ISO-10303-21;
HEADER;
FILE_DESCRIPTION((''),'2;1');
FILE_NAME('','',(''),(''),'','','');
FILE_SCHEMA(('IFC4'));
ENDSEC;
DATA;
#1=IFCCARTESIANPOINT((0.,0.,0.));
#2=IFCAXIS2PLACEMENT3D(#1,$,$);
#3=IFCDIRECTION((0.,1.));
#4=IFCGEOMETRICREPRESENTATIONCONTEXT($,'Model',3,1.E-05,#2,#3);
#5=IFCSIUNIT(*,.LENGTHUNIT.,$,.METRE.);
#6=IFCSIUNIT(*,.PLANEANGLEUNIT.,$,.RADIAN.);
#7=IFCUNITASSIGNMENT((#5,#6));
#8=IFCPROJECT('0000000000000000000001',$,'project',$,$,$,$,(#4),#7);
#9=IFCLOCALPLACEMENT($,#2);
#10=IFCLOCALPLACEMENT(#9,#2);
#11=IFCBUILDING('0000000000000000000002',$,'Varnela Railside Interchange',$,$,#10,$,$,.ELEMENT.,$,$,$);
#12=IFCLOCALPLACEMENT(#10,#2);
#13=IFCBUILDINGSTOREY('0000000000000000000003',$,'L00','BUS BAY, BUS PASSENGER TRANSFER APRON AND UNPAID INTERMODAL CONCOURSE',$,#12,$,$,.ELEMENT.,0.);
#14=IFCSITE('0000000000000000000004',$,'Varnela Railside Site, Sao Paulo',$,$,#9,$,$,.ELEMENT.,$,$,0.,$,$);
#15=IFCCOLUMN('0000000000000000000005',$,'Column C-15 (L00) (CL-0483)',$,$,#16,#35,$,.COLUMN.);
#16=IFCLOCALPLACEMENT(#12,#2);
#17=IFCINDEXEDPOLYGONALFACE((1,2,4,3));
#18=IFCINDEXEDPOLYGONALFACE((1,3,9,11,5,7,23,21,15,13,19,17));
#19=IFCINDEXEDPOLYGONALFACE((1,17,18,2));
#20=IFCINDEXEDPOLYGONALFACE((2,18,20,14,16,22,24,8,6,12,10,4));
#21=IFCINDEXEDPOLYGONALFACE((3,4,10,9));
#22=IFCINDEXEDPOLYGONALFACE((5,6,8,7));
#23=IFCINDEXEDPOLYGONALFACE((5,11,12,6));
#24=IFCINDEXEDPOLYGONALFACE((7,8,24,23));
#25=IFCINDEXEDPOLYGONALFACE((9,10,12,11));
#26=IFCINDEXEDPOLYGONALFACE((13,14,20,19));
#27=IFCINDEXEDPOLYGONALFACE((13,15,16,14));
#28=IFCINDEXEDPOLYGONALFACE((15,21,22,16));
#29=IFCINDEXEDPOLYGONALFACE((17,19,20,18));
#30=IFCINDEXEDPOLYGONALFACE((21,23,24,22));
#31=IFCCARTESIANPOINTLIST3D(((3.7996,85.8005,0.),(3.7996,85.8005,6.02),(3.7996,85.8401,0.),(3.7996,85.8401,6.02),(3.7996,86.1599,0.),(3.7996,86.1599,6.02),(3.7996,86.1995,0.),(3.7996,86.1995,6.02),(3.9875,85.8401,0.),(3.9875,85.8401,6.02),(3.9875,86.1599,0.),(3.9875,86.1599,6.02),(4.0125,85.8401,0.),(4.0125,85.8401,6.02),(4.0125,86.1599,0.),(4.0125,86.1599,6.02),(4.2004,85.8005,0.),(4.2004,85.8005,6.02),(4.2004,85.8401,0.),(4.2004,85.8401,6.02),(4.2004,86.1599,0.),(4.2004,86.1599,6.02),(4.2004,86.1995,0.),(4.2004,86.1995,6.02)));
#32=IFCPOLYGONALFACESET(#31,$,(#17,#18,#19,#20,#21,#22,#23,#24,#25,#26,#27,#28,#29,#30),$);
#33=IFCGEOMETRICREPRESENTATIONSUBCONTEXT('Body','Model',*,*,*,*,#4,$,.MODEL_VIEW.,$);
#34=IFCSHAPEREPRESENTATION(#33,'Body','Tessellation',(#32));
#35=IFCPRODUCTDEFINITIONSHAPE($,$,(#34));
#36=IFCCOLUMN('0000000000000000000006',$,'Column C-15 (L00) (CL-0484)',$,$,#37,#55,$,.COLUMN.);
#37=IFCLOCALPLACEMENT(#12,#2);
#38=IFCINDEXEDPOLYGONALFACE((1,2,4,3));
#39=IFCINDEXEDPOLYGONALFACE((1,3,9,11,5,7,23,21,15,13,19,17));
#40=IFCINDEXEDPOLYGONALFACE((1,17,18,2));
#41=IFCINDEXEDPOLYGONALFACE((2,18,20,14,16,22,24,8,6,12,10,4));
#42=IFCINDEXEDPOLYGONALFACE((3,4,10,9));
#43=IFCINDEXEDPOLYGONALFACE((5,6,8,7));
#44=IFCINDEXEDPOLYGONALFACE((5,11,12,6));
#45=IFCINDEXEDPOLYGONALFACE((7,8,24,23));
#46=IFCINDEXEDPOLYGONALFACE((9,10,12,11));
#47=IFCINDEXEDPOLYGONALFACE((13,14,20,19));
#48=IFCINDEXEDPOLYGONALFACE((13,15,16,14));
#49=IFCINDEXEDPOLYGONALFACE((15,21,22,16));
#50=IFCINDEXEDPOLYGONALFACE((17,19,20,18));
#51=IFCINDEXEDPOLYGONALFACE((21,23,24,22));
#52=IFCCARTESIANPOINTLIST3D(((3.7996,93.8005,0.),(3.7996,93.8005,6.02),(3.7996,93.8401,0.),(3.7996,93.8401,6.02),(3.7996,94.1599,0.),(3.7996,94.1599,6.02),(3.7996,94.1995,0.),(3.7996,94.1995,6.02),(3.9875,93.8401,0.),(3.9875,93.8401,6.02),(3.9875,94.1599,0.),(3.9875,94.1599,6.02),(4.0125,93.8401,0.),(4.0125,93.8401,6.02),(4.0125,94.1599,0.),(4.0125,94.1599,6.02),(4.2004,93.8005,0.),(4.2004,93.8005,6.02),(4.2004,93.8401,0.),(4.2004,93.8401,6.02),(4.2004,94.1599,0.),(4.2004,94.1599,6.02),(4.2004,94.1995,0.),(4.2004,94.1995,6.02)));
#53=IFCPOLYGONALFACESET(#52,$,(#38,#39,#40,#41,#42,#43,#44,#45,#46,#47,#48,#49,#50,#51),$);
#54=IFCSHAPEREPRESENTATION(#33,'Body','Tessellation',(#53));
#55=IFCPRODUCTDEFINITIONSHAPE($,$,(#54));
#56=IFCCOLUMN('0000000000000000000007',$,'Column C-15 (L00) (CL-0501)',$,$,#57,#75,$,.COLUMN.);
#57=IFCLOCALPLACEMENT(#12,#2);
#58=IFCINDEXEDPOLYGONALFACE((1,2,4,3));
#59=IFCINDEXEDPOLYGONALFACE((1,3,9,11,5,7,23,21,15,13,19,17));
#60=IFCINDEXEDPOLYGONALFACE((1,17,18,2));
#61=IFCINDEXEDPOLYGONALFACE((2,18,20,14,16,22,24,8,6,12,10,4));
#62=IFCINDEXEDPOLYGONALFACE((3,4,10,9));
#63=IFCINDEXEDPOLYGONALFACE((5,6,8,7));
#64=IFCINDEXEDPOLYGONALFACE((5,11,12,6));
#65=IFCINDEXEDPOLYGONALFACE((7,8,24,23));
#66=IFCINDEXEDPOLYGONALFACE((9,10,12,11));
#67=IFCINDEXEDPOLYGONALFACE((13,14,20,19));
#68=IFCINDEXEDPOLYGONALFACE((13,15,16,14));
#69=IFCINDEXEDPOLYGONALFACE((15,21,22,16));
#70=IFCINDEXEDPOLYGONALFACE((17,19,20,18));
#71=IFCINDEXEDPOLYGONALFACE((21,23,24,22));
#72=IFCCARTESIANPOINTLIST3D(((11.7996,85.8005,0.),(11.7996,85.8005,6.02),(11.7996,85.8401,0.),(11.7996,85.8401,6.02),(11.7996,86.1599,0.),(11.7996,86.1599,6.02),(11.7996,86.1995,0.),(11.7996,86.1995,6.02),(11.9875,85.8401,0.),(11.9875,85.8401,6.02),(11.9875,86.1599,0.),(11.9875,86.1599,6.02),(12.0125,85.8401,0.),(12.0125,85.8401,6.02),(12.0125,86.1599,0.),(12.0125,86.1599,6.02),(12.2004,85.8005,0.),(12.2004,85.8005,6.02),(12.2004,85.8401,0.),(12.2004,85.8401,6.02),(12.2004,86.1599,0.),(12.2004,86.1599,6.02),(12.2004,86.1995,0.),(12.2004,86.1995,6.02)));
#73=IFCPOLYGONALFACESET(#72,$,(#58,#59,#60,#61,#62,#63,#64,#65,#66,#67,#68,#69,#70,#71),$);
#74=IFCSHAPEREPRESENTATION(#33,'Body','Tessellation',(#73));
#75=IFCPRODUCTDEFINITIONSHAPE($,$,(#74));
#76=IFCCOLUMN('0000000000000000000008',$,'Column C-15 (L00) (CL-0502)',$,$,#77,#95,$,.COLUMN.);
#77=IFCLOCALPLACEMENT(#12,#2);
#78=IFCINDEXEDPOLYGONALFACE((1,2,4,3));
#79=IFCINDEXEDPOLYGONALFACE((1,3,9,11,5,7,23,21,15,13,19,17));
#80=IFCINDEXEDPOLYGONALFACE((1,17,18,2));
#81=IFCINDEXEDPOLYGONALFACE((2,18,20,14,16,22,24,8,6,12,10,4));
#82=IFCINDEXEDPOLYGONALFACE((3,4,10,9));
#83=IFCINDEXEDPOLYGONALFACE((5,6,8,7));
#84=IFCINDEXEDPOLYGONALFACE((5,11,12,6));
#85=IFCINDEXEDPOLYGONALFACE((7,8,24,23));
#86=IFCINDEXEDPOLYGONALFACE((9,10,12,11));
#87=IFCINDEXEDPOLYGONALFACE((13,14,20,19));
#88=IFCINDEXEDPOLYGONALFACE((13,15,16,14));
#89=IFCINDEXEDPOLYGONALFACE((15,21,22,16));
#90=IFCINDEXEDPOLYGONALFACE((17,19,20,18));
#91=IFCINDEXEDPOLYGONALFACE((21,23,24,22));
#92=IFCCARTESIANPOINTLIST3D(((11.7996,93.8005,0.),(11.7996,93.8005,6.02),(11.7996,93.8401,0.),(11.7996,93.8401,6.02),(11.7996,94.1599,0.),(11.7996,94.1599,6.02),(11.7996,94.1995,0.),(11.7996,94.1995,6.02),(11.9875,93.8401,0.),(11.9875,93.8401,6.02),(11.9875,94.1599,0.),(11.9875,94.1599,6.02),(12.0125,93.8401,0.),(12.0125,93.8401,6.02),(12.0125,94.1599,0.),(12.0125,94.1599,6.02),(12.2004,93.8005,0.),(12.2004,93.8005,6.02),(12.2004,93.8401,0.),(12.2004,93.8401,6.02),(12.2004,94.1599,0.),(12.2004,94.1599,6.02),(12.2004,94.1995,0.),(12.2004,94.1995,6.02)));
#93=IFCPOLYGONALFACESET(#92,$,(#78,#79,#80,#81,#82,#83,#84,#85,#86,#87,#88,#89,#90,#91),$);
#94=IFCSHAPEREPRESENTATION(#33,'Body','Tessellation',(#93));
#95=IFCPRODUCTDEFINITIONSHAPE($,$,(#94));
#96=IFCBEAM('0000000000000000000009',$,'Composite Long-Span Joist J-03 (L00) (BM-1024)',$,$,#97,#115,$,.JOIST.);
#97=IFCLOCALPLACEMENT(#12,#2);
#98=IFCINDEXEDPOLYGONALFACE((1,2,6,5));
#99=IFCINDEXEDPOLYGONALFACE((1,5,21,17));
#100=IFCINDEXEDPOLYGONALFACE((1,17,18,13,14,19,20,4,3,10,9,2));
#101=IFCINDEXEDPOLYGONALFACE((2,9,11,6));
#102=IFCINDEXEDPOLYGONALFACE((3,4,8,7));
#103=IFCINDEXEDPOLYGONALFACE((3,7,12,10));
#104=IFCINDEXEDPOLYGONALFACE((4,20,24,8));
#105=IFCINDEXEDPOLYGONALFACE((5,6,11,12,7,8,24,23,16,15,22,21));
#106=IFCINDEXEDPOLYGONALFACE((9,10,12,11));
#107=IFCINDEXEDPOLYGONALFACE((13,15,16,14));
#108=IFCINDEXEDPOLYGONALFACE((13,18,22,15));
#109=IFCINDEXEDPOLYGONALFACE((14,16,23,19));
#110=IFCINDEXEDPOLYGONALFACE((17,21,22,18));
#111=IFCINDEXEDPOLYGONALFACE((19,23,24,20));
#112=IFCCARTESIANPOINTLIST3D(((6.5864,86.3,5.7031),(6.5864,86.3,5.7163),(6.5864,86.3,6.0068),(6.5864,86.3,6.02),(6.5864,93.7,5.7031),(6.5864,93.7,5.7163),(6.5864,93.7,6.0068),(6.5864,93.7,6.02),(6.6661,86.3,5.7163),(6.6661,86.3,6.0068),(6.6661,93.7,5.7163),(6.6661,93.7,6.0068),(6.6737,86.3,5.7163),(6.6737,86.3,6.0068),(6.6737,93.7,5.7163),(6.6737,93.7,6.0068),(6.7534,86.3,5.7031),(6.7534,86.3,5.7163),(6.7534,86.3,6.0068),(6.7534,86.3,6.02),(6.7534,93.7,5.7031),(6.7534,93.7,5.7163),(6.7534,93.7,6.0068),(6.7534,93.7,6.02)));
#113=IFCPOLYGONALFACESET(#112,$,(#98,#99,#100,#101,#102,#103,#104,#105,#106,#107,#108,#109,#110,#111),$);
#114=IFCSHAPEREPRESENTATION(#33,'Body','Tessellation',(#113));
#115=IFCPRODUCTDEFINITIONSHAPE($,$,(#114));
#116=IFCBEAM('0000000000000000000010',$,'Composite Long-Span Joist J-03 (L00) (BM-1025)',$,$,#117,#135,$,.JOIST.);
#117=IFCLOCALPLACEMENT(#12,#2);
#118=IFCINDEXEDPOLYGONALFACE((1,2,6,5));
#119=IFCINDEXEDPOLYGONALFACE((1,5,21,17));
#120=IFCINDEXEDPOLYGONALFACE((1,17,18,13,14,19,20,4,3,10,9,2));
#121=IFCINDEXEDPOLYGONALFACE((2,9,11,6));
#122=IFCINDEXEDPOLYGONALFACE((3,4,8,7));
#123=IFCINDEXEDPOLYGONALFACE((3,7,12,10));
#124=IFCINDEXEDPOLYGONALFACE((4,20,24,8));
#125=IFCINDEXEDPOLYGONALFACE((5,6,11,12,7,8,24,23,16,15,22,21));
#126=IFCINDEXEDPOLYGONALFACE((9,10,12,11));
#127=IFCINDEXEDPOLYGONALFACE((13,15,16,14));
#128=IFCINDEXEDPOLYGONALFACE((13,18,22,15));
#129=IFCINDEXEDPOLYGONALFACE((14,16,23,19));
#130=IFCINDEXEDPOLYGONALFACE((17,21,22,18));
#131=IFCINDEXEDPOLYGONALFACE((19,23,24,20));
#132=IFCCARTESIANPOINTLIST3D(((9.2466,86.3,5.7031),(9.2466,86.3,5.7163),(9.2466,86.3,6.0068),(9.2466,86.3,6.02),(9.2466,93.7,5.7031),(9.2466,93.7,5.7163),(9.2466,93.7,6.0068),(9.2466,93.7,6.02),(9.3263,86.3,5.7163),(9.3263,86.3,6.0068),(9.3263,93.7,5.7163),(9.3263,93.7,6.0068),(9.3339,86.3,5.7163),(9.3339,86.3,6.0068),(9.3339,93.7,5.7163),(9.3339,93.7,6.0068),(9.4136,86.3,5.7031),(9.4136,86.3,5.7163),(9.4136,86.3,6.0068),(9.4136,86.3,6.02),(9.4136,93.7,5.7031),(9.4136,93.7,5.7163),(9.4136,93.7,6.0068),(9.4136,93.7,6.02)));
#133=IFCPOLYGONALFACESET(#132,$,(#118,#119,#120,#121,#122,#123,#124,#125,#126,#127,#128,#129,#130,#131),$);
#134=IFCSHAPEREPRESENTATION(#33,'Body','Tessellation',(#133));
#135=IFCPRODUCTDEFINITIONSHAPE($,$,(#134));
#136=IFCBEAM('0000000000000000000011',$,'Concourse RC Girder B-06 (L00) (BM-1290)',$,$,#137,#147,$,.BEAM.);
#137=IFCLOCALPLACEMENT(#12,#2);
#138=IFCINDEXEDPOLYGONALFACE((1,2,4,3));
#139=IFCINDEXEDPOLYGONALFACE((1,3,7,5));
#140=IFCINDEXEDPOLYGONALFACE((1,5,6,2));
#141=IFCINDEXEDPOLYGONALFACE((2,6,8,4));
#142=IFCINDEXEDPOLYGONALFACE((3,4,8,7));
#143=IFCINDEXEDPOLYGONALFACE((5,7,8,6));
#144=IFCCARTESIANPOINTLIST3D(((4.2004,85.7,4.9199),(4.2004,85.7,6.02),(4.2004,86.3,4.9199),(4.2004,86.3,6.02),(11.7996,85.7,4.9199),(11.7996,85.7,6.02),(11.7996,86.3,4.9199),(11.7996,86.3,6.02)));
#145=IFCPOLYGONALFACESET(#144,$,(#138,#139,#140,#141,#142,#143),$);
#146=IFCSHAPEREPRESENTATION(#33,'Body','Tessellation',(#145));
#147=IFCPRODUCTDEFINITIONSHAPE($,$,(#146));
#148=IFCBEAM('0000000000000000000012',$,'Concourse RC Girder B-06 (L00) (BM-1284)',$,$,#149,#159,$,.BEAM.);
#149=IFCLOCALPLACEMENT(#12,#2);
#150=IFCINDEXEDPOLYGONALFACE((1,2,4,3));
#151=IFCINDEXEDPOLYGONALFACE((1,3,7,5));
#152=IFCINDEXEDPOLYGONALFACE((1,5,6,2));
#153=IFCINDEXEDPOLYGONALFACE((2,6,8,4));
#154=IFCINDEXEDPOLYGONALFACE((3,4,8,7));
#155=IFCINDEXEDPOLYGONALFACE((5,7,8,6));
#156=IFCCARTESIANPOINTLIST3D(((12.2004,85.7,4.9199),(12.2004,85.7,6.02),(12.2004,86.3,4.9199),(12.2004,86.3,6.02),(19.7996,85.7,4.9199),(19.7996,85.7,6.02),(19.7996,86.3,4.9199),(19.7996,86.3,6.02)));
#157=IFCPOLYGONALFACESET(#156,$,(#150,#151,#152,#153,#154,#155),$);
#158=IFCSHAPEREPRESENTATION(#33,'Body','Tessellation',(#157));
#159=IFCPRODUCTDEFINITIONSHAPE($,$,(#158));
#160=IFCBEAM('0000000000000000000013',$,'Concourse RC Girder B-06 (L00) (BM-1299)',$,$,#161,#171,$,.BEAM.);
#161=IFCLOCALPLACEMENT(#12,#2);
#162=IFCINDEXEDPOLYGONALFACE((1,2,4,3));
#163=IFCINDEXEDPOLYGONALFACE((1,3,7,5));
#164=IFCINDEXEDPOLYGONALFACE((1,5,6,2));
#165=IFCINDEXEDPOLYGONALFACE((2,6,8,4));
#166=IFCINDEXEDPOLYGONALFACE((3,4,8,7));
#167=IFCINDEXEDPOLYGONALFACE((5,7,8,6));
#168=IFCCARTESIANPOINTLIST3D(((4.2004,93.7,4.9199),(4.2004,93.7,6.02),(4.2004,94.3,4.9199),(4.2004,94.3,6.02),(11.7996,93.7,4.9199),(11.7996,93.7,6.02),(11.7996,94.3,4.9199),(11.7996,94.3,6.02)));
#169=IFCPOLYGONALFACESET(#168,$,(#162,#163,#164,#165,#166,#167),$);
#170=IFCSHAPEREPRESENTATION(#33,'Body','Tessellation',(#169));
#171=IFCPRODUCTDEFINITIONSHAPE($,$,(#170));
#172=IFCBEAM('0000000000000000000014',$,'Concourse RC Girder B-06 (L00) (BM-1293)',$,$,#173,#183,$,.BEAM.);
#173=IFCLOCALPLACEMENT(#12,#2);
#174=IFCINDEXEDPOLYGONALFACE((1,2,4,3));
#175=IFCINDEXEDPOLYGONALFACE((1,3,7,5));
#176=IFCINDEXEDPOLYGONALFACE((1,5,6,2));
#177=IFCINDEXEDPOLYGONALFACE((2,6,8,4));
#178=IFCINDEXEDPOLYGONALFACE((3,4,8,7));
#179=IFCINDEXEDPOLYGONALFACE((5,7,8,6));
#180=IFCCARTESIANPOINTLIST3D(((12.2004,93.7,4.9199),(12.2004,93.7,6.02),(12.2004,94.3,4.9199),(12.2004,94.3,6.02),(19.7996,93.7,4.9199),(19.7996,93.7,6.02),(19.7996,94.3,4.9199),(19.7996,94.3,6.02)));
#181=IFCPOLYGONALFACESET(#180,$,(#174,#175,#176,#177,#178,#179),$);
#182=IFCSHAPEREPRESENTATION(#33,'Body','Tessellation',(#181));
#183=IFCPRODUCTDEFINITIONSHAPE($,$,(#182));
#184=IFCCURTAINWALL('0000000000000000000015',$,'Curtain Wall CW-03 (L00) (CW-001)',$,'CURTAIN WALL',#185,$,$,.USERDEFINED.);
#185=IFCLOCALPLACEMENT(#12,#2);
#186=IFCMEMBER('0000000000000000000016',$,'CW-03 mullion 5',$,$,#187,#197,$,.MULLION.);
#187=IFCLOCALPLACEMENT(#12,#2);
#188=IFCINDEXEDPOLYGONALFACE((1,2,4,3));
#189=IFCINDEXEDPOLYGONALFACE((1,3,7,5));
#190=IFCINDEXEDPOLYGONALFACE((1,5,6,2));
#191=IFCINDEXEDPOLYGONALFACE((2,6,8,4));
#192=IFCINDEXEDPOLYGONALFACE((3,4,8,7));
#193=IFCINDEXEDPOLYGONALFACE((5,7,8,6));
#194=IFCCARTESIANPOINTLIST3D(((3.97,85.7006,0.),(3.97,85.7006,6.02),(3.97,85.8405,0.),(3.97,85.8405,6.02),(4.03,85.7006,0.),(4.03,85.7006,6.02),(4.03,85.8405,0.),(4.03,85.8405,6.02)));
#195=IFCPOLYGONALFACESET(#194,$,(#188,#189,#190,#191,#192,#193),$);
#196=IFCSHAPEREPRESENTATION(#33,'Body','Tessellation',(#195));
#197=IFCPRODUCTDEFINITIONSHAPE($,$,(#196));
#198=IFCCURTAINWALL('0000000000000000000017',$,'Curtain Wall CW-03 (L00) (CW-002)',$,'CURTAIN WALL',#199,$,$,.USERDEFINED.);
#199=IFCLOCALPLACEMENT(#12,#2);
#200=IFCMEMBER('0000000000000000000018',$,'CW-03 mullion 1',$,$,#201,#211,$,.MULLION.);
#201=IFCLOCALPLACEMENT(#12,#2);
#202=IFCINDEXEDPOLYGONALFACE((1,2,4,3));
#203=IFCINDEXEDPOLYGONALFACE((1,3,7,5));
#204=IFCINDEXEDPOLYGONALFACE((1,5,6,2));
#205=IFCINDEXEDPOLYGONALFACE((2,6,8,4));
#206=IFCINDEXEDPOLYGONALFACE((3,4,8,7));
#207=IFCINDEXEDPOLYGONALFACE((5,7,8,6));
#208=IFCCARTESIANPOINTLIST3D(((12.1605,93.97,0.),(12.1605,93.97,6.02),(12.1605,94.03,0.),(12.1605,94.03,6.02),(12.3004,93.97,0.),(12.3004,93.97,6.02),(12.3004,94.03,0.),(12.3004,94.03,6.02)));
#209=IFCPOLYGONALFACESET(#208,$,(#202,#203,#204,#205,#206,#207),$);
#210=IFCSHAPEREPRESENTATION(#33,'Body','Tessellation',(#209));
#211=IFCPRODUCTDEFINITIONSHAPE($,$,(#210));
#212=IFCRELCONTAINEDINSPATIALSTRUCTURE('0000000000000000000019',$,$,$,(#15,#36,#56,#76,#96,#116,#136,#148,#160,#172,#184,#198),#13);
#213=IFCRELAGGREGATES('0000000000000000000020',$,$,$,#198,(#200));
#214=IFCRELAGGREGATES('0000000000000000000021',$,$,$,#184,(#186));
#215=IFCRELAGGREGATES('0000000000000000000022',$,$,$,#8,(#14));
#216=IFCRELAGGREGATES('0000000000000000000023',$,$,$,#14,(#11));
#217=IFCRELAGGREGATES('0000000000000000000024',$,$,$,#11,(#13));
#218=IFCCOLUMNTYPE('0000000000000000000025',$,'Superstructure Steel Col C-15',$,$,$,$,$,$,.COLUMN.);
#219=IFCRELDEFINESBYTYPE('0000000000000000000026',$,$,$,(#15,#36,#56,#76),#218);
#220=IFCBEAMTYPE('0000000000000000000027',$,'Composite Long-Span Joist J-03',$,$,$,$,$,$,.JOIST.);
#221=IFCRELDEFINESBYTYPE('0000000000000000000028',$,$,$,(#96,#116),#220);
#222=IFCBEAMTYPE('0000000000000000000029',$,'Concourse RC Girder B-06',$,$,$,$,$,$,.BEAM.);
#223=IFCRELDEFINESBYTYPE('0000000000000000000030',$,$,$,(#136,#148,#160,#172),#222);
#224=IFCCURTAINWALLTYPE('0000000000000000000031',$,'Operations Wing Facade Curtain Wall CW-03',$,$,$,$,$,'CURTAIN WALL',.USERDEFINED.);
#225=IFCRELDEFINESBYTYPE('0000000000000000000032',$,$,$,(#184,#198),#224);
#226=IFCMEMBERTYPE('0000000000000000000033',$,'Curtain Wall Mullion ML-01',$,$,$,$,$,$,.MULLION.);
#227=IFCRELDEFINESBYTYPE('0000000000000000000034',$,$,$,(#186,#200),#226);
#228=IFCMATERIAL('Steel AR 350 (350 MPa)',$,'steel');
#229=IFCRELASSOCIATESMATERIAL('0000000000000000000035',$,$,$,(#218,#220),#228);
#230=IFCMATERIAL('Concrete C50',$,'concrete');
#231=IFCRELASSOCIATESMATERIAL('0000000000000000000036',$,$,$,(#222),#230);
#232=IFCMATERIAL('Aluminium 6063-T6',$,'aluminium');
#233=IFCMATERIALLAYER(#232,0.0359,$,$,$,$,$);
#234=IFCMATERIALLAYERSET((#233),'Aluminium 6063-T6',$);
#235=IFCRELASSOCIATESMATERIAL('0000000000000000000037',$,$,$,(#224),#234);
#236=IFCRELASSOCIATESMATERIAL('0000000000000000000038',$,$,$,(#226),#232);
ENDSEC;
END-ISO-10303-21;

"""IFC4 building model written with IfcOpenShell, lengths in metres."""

from ifc_helpers import new_model, si_unit, direction, frame, origin, origin_2d, place, context, subcontext, project, spatial, rectangle, i_section, extrude, material, layer, layer_set, material_profile, profile_set, type_object, element, aggregate, save


model = new_model("IFC4")

# Units and contexts
model_context = context("Model", 3, precision=1e-05, world=origin(), true_north=direction((0.0, 1.0)))
body_context = subcontext(model_context, "Body", "Model", "MODEL_VIEW")
ifc_project = project(units=[si_unit("LENGTHUNIT", "METRE"), si_unit("PLANEANGLEUNIT", "RADIAN")], contexts=[model_context])

# Site, building, storey
site_placement = place(None, origin())
site = spatial("IfcSite", under=ifc_project, at=site_placement, Name="Varnela Railside Site, Sao Paulo", CompositionType="ELEMENT", RefElevation=0.0)
building_placement = place(site_placement, origin())
building = spatial("IfcBuilding", under=site, at=building_placement, Name="Varnela Railside Interchange", CompositionType="ELEMENT")
storey_placement = place(building_placement, origin())
storey = spatial("IfcBuildingStorey", under=building, at=storey_placement, Name="L00", Description="BUS BAY, BUS PASSENGER TRANSFER APRON AND UNPAID INTERMODAL CONCOURSE", CompositionType="ELEMENT", Elevation=0.0)

# Columns
ifc_material_1 = material(Name="Steel AR 350 (350 MPa)", Category="steel")
ifc_material_profile_1 = material_profile(ifc_material_1, i_section(OverallWidth=0.4009, OverallDepth=0.3989, WebThickness=0.0249, FlangeThickness=0.0396, at=origin_2d()), Name="W360x314")
ifc_profile_set_1 = profile_set([ifc_material_profile_1], Name="Steel AR 350 (350 MPa)")
column_type = type_object("IfcColumnType", Name="Superstructure Steel Col C-15", PredefinedType="COLUMN", material=ifc_profile_set_1)
for number, where, z_axis, x_axis, name in (
    (1, (4.0, 86.0, 0.0), (0.0, 0.0, 1.0), (1.0, 0.0, 0.0), "Column C-15 (L00) (CL-0483)"),
    (2, (4.0, 94.0, 0.0), (0.0, 0.0, 1.0), (1.0, 0.0, 0.0), "Column C-15 (L00) (CL-0484)"),
    (3, (12.0, 86.0, 0.0), (0.0, 0.0, 1.0), (1.0, 0.0, 0.0), "Column C-15 (L00) (CL-0501)"),
    (4, (12.0, 94.0, 0.0), (0.0, 0.0, 1.0), (1.0, 0.0, 0.0), "Column C-15 (L00) (CL-0502)"),
):
    element("IfcColumn", number, at=place(storey_placement, frame(where, z_axis=z_axis, x_axis=x_axis)), inside=storey, type_object=column_type, Name=name, PredefinedType="COLUMN", context=body_context, shape_type="SweptSolid", body=[
        extrude(i_section(OverallWidth=0.4009, OverallDepth=0.3989, WebThickness=0.0249, FlangeThickness=0.0396, at=origin_2d()), origin(), (0.0, 0.0, 1.0), 6.02),
    ])

# Beams
ifc_material_profile_2 = material_profile(ifc_material_1, i_section(OverallWidth=0.167, OverallDepth=0.3169, WebThickness=0.0076, FlangeThickness=0.0132, at=origin_2d()), Name="W310x52")
ifc_profile_set_2 = profile_set([ifc_material_profile_2], Name="Steel AR 350 (350 MPa)")
beam_type_1 = type_object("IfcBeamType", Name="Composite Long-Span Joist J-03", PredefinedType="JOIST", material=ifc_profile_set_2)
for number, where, z_axis, x_axis, name in (
    (5, (6.6699, 86.3, 5.8616), (0.0, 1.0, 0.0), (-1.0, 0.0, 0.0), "Composite Long-Span Joist J-03 (L00) (BM-1024)"),
    (6, (9.3301, 86.3, 5.8616), (0.0, 1.0, 0.0), (-1.0, 0.0, 0.0), "Composite Long-Span Joist J-03 (L00) (BM-1025)"),
):
    element("IfcBeam", number, at=place(storey_placement, frame(where, z_axis=z_axis, x_axis=x_axis)), inside=storey, type_object=beam_type_1, Name=name, PredefinedType="JOIST", context=body_context, shape_type="SweptSolid", body=[
        extrude(i_section(OverallWidth=0.167, OverallDepth=0.3169, WebThickness=0.0076, FlangeThickness=0.0132, at=origin_2d()), origin(), (0.0, 0.0, 1.0), 7.3999),
    ])
ifc_material_2 = material(Name="Concrete C50", Category="concrete")
ifc_material_profile_3 = material_profile(ifc_material_2, rectangle(XDim=0.6001, YDim=1.1001, at=origin_2d()), Name="RC 600x1100")
ifc_profile_set_3 = profile_set([ifc_material_profile_3], Name="Concrete C50")
beam_type_2 = type_object("IfcBeamType", Name="Concourse RC Girder B-06", PredefinedType="BEAM", material=ifc_profile_set_3)
for number, where, z_axis, x_axis, name in (
    (7, (4.2004, 86.0, 5.47), (1.0, 0.0, 0.0), (0.0, 1.0, 0.0), "Concourse RC Girder B-06 (L00) (BM-1290)"),
    (8, (12.2004, 86.0, 5.47), (1.0, 0.0, 0.0), (0.0, 1.0, 0.0), "Concourse RC Girder B-06 (L00) (BM-1284)"),
    (9, (4.2004, 94.0, 5.47), (1.0, 0.0, 0.0), (0.0, 1.0, 0.0), "Concourse RC Girder B-06 (L00) (BM-1299)"),
    (10, (12.2004, 94.0, 5.47), (1.0, 0.0, 0.0), (0.0, 1.0, 0.0), "Concourse RC Girder B-06 (L00) (BM-1293)"),
):
    element("IfcBeam", number, at=place(storey_placement, frame(where, z_axis=z_axis, x_axis=x_axis)), inside=storey, type_object=beam_type_2, Name=name, PredefinedType="BEAM", context=body_context, shape_type="SweptSolid", body=[
        extrude(rectangle(XDim=0.6001, YDim=1.1001, at=origin_2d()), origin(), (0.0, 0.0, 1.0), 7.5991),
    ])

# Curtain walls, members
ifc_material_3 = material(Name="Aluminium 6063-T6", Category="aluminium")
ifc_layer_1 = layer(ifc_material_3, 0.0359)
ifc_layer_set_1 = layer_set([ifc_layer_1], Name="Aluminium 6063-T6")
curtain_wall_type = type_object("IfcCurtainWallType", Name="Operations Wing Facade Curtain Wall CW-03", ElementType="CURTAIN WALL", PredefinedType="USERDEFINED", material=ifc_layer_set_1)
curtain_wall_1_placement = place(storey_placement, origin())
curtain_wall_1 = element("IfcCurtainWall", 11, at=curtain_wall_1_placement, inside=storey, type_object=curtain_wall_type, Name="Curtain Wall CW-03 (L00) (CW-001)", ObjectType="CURTAIN WALL", PredefinedType="USERDEFINED")
ifc_material_profile_4 = material_profile(ifc_material_3, rectangle(XDim=0.0601, YDim=0.1399, at=origin_2d()), Name="ALU 60x140")
ifc_profile_set_4 = profile_set([ifc_material_profile_4], Name="Aluminium 6063-T6")
member_type_1 = type_object("IfcMemberType", Name="Curtain Wall Mullion ML-01", PredefinedType="MULLION", material=ifc_profile_set_4)
member_1_placement = place(storey_placement, frame((4.0, 85.7705, 0.0), z_axis=(0.0, 0.0, 1.0), x_axis=(-1.0, 0.0, 0.0)))
member_1 = element("IfcMember", 12, at=member_1_placement, type_object=member_type_1, Name="CW-03 mullion 5", PredefinedType="MULLION", context=body_context, shape_type="SweptSolid", body=[
    extrude(rectangle(XDim=0.0601, YDim=0.1399, at=origin_2d()), origin(), (0.0, 0.0, 1.0), 6.02),
])
curtain_wall_2_placement = place(storey_placement, origin())
curtain_wall_2 = element("IfcCurtainWall", 13, at=curtain_wall_2_placement, inside=storey, type_object=curtain_wall_type, Name="Curtain Wall CW-03 (L00) (CW-002)", ObjectType="CURTAIN WALL", PredefinedType="USERDEFINED")
member_2_placement = place(storey_placement, frame((12.2305, 94.0, 0.0), z_axis=(0.0, 0.0, 1.0), x_axis=(0.0, 1.0, 0.0)))
member_2 = element("IfcMember", 14, at=member_2_placement, type_object=member_type_1, Name="CW-03 mullion 1", PredefinedType="MULLION", context=body_context, shape_type="SweptSolid", body=[
    extrude(rectangle(XDim=0.0601, YDim=0.1399, at=origin_2d()), origin(), (0.0, 0.0, 1.0), 6.02),
])

aggregate(curtain_wall_2, [member_2])

aggregate(curtain_wall_1, [member_1])

save(model, "model.ifc")
